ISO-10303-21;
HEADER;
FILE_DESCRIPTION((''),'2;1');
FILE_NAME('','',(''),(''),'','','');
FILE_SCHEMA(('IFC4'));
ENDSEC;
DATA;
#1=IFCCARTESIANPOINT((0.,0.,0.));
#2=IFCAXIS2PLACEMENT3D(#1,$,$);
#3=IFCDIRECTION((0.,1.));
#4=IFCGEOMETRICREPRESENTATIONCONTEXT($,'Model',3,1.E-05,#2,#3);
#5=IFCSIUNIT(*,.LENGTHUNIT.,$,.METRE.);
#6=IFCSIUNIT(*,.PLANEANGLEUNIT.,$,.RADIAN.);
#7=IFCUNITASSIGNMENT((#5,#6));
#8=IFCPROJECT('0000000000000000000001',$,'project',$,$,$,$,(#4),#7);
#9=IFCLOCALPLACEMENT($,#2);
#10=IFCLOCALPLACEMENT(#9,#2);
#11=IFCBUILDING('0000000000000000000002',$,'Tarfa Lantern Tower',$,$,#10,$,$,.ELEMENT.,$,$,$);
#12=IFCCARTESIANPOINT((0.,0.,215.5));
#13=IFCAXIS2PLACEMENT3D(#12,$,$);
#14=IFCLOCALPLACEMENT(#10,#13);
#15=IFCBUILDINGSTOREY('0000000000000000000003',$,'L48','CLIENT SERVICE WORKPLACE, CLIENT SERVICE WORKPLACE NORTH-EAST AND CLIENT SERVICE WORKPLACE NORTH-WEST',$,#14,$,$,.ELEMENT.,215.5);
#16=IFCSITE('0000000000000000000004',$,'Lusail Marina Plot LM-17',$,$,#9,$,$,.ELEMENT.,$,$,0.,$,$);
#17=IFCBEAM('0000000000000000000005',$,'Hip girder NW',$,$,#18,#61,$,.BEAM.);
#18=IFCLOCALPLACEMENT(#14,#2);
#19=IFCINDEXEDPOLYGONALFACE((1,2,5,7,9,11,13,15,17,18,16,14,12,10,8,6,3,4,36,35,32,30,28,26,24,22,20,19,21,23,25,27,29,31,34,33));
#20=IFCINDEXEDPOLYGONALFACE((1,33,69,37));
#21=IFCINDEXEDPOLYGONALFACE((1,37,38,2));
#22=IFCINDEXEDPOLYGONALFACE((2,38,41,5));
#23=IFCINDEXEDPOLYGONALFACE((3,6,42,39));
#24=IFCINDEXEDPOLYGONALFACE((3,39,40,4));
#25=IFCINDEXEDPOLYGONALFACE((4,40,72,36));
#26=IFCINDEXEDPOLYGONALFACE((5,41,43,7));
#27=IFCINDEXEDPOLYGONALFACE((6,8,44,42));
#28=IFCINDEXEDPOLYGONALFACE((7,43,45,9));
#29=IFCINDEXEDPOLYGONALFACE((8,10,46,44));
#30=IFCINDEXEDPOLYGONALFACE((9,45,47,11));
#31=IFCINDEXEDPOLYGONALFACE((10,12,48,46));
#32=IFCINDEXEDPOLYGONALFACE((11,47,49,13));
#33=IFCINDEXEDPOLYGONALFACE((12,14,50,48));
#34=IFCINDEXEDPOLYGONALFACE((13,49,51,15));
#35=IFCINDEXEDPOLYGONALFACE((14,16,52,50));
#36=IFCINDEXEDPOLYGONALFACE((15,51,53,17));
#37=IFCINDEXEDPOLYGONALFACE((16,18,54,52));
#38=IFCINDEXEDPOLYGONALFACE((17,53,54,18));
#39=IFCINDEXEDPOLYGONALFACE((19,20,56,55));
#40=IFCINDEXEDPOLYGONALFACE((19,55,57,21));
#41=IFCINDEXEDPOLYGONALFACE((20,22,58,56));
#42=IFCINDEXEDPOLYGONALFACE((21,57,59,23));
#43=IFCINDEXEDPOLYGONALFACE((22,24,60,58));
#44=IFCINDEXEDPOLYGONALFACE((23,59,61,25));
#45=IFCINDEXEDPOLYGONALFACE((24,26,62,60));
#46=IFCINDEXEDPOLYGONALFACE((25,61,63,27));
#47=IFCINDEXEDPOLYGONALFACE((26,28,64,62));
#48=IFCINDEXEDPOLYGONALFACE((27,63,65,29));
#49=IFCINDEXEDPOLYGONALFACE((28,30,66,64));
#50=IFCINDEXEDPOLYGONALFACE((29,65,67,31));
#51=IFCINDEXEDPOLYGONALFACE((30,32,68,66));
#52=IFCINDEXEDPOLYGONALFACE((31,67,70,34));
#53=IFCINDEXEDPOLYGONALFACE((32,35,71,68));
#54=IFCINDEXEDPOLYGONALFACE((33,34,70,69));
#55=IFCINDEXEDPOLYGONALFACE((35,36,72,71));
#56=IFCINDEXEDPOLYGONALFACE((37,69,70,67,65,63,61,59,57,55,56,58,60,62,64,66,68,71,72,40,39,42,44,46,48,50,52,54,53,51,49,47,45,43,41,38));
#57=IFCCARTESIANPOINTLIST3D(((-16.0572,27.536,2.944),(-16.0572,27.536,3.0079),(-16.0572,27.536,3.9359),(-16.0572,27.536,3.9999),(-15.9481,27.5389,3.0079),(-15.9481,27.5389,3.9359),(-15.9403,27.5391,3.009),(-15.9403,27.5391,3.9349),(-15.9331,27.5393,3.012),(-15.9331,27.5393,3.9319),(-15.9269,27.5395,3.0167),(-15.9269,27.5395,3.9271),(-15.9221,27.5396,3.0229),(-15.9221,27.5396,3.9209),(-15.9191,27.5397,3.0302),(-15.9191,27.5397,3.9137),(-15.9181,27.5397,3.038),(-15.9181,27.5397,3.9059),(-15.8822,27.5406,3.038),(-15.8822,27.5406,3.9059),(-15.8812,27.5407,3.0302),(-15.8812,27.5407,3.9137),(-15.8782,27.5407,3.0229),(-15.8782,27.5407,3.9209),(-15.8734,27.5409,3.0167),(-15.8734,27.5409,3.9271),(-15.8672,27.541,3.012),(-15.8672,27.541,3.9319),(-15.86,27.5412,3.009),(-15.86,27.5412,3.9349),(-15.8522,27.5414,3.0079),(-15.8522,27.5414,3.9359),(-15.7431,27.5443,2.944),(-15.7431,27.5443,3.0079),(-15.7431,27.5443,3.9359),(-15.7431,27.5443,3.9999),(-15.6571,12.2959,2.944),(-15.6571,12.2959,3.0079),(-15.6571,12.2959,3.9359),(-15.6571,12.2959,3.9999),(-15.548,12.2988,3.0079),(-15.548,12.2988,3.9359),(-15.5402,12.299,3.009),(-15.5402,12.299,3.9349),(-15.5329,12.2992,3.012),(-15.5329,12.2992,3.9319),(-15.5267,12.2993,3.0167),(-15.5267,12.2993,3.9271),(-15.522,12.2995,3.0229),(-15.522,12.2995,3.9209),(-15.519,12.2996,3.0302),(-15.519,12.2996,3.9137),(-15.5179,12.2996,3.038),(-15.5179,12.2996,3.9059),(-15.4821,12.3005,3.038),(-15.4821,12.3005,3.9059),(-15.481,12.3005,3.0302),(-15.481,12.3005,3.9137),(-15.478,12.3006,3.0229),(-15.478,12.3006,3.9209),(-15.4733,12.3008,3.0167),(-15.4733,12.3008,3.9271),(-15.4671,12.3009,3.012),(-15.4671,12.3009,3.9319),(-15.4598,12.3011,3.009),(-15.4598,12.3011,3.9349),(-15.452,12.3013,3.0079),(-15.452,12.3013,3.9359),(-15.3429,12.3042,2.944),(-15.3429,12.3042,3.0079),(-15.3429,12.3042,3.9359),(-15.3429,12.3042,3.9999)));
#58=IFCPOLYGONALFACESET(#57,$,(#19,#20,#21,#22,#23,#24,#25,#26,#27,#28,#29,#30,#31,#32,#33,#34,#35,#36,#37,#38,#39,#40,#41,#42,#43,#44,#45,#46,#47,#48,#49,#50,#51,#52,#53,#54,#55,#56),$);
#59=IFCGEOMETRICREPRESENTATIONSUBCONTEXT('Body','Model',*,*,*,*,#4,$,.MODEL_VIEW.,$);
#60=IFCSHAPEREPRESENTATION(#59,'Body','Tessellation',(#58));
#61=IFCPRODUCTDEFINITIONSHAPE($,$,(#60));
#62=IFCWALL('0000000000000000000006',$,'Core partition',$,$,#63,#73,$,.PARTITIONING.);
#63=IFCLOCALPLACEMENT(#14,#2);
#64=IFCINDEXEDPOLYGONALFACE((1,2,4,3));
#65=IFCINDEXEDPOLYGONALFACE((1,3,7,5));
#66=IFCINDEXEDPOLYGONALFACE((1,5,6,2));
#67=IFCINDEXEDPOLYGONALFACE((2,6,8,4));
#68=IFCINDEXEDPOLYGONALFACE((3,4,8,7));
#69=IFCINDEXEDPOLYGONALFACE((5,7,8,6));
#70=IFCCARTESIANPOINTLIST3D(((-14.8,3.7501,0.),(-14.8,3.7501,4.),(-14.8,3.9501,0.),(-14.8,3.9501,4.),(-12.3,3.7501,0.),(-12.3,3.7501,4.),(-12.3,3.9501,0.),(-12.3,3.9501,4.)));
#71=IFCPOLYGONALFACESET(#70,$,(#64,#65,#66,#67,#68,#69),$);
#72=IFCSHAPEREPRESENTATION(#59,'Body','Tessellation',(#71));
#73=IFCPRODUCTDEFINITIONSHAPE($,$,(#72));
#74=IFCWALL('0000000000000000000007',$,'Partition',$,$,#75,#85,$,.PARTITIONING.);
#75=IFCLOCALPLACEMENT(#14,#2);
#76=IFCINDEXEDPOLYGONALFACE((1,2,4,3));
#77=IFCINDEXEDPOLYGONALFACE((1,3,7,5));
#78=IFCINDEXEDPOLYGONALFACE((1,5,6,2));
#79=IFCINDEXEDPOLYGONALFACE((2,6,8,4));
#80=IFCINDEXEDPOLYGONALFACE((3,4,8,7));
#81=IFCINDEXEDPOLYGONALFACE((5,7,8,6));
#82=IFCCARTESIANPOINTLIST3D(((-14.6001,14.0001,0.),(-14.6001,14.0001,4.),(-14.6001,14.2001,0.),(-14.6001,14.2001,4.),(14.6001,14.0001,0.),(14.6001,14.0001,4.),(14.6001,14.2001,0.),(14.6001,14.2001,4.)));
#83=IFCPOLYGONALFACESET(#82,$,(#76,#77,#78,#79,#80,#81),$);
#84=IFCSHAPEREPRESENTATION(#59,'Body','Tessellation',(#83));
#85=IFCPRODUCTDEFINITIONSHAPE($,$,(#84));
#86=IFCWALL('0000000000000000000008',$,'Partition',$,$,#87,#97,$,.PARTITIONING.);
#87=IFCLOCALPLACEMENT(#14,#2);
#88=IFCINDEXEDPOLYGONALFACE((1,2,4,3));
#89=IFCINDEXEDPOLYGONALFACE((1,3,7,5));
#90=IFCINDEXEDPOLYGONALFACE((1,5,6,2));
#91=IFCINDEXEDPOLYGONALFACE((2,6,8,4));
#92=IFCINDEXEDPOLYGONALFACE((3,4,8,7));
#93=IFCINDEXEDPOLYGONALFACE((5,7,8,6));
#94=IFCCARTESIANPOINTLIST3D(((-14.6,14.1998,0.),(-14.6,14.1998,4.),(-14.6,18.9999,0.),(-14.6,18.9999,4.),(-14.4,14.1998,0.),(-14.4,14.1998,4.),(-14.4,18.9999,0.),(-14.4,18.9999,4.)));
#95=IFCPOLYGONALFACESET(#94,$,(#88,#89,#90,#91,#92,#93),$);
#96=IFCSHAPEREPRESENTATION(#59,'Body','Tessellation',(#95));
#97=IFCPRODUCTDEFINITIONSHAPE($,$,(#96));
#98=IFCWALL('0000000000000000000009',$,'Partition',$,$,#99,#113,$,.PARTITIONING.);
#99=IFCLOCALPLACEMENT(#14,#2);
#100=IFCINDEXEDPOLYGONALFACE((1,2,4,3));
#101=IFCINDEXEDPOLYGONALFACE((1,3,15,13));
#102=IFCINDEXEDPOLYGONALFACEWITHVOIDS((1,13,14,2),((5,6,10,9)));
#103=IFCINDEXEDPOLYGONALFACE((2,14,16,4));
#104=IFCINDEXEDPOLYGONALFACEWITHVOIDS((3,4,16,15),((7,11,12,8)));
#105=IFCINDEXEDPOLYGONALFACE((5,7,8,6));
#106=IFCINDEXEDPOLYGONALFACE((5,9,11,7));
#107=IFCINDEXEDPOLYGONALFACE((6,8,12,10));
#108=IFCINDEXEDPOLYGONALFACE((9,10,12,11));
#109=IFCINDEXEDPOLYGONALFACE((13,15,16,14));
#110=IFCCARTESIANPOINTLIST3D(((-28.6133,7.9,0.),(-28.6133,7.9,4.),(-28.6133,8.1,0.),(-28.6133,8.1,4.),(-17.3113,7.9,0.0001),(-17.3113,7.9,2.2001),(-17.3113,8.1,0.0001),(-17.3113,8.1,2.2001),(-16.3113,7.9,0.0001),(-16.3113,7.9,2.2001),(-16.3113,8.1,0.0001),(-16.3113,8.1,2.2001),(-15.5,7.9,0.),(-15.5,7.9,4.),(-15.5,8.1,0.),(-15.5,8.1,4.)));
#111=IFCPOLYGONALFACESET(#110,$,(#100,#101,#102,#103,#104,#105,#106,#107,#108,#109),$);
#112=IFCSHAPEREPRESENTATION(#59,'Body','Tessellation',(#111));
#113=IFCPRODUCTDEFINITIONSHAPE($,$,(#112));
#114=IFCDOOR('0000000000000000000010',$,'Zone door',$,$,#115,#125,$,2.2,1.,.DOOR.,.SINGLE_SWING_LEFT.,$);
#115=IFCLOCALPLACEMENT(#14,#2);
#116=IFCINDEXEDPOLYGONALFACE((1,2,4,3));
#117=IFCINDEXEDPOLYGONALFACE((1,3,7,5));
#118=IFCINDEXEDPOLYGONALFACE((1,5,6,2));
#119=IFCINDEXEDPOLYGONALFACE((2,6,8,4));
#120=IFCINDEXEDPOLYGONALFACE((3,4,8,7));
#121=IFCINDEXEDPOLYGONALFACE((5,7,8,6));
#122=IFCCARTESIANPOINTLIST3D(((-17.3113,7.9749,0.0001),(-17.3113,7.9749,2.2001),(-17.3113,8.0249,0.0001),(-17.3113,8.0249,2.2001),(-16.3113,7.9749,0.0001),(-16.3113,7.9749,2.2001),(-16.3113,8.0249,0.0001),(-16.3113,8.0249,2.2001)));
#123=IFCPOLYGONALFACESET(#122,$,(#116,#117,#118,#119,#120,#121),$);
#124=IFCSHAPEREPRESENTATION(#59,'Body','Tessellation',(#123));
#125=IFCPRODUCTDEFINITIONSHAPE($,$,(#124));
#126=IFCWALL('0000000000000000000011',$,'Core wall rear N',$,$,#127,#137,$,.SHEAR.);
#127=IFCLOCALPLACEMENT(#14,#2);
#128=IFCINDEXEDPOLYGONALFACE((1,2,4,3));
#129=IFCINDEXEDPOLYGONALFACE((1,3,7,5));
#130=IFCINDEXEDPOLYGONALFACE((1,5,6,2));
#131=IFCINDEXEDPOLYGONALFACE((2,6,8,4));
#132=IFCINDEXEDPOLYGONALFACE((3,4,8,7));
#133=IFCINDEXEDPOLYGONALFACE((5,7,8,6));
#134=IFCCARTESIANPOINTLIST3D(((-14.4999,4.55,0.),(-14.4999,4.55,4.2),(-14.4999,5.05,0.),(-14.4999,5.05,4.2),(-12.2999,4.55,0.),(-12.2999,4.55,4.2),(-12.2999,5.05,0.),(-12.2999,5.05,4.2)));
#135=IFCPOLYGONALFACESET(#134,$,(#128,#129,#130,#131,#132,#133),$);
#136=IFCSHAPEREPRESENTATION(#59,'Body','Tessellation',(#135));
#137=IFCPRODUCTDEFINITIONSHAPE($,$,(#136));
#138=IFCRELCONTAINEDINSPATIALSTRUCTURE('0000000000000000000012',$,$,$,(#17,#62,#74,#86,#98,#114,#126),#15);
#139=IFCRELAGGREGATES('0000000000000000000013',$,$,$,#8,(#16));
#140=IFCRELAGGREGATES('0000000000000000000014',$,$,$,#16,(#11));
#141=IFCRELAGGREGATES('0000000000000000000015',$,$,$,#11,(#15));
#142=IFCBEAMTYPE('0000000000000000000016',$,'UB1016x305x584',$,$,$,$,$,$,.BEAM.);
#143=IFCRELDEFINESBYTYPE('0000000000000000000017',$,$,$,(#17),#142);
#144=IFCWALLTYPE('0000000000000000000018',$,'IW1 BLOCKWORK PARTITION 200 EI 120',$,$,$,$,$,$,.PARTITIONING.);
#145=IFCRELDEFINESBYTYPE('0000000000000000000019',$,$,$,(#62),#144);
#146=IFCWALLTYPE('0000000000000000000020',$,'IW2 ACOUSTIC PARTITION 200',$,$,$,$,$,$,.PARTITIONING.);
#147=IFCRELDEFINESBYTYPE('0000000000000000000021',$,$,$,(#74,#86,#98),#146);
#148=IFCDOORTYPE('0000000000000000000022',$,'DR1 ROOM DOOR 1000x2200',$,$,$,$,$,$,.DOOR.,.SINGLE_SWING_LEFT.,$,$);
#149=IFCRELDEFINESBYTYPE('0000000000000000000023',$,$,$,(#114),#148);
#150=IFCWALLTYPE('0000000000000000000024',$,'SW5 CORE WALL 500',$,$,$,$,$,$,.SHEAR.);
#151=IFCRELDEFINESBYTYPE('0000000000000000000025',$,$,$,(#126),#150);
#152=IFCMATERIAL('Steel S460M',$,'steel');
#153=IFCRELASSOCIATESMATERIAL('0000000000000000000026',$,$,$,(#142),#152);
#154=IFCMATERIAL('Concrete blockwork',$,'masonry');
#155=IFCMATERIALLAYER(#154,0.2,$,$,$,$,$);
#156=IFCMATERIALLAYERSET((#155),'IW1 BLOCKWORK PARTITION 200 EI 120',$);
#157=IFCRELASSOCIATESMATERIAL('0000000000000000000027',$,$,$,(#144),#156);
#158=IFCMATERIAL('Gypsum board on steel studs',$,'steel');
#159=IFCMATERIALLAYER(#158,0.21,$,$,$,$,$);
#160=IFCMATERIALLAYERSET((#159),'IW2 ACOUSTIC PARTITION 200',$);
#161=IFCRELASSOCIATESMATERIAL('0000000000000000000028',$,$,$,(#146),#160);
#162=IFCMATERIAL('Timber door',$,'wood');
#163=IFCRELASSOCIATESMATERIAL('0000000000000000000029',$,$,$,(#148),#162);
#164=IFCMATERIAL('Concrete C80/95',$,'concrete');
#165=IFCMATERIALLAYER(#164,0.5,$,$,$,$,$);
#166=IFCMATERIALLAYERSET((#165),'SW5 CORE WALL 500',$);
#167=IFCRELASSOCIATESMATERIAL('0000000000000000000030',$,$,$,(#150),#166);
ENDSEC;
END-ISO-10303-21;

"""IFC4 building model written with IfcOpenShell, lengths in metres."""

from ifc_helpers import new_model, si_unit, direction, frame, frame_2d, origin, origin_2d, place, context, subcontext, project, spatial, rectangle, i_section, extrude, material, layer, layer_set, material_profile, profile_set, type_object, element, fill, save


model = new_model("IFC4")

# Units and contexts
model_context = context("Model", 3, precision=1e-05, world=origin(), true_north=direction((0.0, 1.0)))
body_context = subcontext(model_context, "Body", "Model", "MODEL_VIEW")
ifc_project = project(units=[si_unit("LENGTHUNIT", "METRE"), si_unit("PLANEANGLEUNIT", "RADIAN")], contexts=[model_context])

# Site, building, storey
site_placement = place(None, origin())
site = spatial("IfcSite", under=ifc_project, at=site_placement, Name="Lusail Marina Plot LM-17", CompositionType="ELEMENT", RefElevation=0.0)
building_placement = place(site_placement, origin())
building = spatial("IfcBuilding", under=site, at=building_placement, Name="Tarfa Lantern Tower", CompositionType="ELEMENT")
storey_placement = place(building_placement, frame((0.0, 0.0, 215.5)))
storey = spatial("IfcBuildingStorey", under=building, at=storey_placement, Name="L48", Description="CLIENT SERVICE WORKPLACE, CLIENT SERVICE WORKPLACE NORTH-EAST AND CLIENT SERVICE WORKPLACE NORTH-WEST", CompositionType="ELEMENT", Elevation=215.5)

# Beam
ifc_material_1 = material(Name="Steel S460M", Category="steel")
ifc_material_profile = material_profile(ifc_material_1, i_section(OverallWidth=0.3142, OverallDepth=1.0559, WebThickness=0.0359, FlangeThickness=0.064, FilletRadius=0.03, at=origin_2d()), Name="UB1016x305x584")
ifc_profile_set = profile_set([ifc_material_profile], Name="Steel S460M")
beam_type = type_object("IfcBeamType", Name="UB1016x305x584", PredefinedType="BEAM", material=ifc_profile_set)
beam_placement = place(storey_placement, frame((-15.5, 12.3, 3.4719), z_axis=(-0.026247, 0.999655, 0.0), x_axis=(-0.999655, -0.026247, 0.0)))
element("IfcBeam", 1, at=beam_placement, inside=storey, type_object=beam_type, Name="Hip girder NW", PredefinedType="BEAM", context=body_context, shape_type="SweptSolid", body=[
    extrude(i_section(OverallWidth=0.3142, OverallDepth=1.0559, WebThickness=0.0359, FlangeThickness=0.064, FilletRadius=0.03, at=origin_2d()), origin(), (0.0, 0.0, 1.0), 15.2454),
])

# Walls
ifc_material_2 = material(Name="Concrete blockwork", Category="masonry")
ifc_layer_1 = layer(ifc_material_2, 0.2)
ifc_layer_set_1 = layer_set([ifc_layer_1], Name="IW1 BLOCKWORK PARTITION 200 EI 120")
wall_type_1 = type_object("IfcWallType", Name="IW1 BLOCKWORK PARTITION 200 EI 120", PredefinedType="PARTITIONING", material=ifc_layer_set_1)
wall_1_placement = place(storey_placement, frame((-14.8, 3.8501, 0.0), z_axis=(0.0, 0.0, 1.0), x_axis=(1.0, 0.0, 0.0)))
element("IfcWall", 2, at=wall_1_placement, inside=storey, type_object=wall_type_1, Name="Core partition", PredefinedType="PARTITIONING", context=body_context, shape_type="SweptSolid", body=[
    extrude(rectangle(XDim=2.5, YDim=0.2, at=frame_2d((1.25, 0.0))), origin(), (0.0, 0.0, 1.0), 4.0),
])
ifc_material_3 = material(Name="Gypsum board on steel studs", Category="steel")
ifc_layer_2 = layer(ifc_material_3, 0.21)
ifc_layer_set_2 = layer_set([ifc_layer_2], Name="IW2 ACOUSTIC PARTITION 200")
wall_type_2 = type_object("IfcWallType", Name="IW2 ACOUSTIC PARTITION 200", PredefinedType="PARTITIONING", material=ifc_layer_set_2)
wall_2_placement = place(storey_placement, frame((-14.6001, 14.1001, 0.0), z_axis=(0.0, 0.0, 1.0), x_axis=(1.0, 0.0, 0.0)))
element("IfcWall", 3, at=wall_2_placement, inside=storey, type_object=wall_type_2, Name="Partition", PredefinedType="PARTITIONING", context=body_context, shape_type="SweptSolid", body=[
    extrude(rectangle(XDim=29.2002, YDim=0.2, at=frame_2d((14.6001, 0.0))), origin(), (0.0, 0.0, 1.0), 4.0),
])
wall_3_placement = place(storey_placement, frame((-14.5, 14.2, 0.0), z_axis=(0.0, 0.0, 1.0), x_axis=(0.0, 1.0, 0.0)))
element("IfcWall", 4, at=wall_3_placement, inside=storey, type_object=wall_type_2, Name="Partition", PredefinedType="PARTITIONING", context=body_context, shape_type="SweptSolid", body=[
    extrude(rectangle(XDim=4.8, YDim=0.2, at=frame_2d((2.3999, 0.0))), origin(), (0.0, 0.0, 1.0), 4.0),
])

# Wall, opening, door
wall_4_placement = place(storey_placement, frame((-15.5, 8.0, 0.0), z_axis=(0.0, 0.0, 1.0), x_axis=(-1.0, 0.0, 0.0)))
wall_4 = element("IfcWall", 5, at=wall_4_placement, inside=storey, type_object=wall_type_2, Name="Partition", PredefinedType="PARTITIONING", context=body_context, shape_type="SweptSolid", body=[
    extrude(rectangle(XDim=13.1133, YDim=0.2, at=frame_2d((6.5566, 0.0))), origin(), (0.0, 0.0, 1.0), 4.0),
])
opening_1_placement = place(wall_4_placement, frame((0.8113, 0.0, 0.0)))
opening_1 = element("IfcOpeningElement", 6, at=opening_1_placement, cuts=wall_4, PredefinedType="OPENING", context=body_context, shape_type="SweptSolid", body=[
    extrude(rectangle(XDim=1.0, YDim=2.2, at=frame_2d((0.5, 1.1001))), frame((0.0, 0.1099, 0.0), z_axis=(0.0, -1.0, 0.0), x_axis=(1.0, 0.0, 0.0)), (0.0, 0.0, 1.0), 0.22),
])
ifc_material_4 = material(Name="Timber door", Category="wood")
door_type_1 = type_object("IfcDoorType", Name="DR1 ROOM DOOR 1000x2200", OperationType="SINGLE_SWING_LEFT", PredefinedType="DOOR", material=ifc_material_4)
door_1_placement = place(opening_1_placement, frame((1.0, 0.0, 0.0), z_axis=(0.0, 0.0, 1.0), x_axis=(-1.0, 0.0, 0.0)))
door_1 = element("IfcDoor", 7, at=door_1_placement, inside=storey, type_object=door_type_1, Name="Zone door", OperationType="SINGLE_SWING_LEFT", OverallHeight=2.2, OverallWidth=1.0, PredefinedType="DOOR", context=body_context, shape_type="SweptSolid", body=[
    extrude(rectangle(XDim=1.0, YDim=2.2, at=frame_2d((0.5, 1.1001))), frame((0.0, 0.0249, 0.0), z_axis=(0.0, -1.0, 0.0), x_axis=(1.0, 0.0, 0.0)), (0.0, 0.0, 1.0), 0.05),
])
fill(opening_1, door_1)
ifc_material_5 = material(Name="Concrete C80/95", Category="concrete")

# Wall
ifc_layer_3 = layer(ifc_material_5, 0.5)
ifc_layer_set_3 = layer_set([ifc_layer_3], Name="SW5 CORE WALL 500")
wall_type_3 = type_object("IfcWallType", Name="SW5 CORE WALL 500", PredefinedType="SHEAR", material=ifc_layer_set_3)
wall_5_placement = place(storey_placement, frame((-14.5, 4.8, 0.0), z_axis=(0.0, 0.0, 1.0), x_axis=(1.0, 0.0, 0.0)))
element("IfcWall", 8, at=wall_5_placement, inside=storey, type_object=wall_type_3, Name="Core wall rear N", PredefinedType="SHEAR", context=body_context, shape_type="SweptSolid", body=[
    extrude(rectangle(XDim=2.2, YDim=0.5, at=frame_2d((1.1001, 0.0))), origin(), (0.0, 0.0, 1.0), 4.2),
])

save(model, "model.ifc")
